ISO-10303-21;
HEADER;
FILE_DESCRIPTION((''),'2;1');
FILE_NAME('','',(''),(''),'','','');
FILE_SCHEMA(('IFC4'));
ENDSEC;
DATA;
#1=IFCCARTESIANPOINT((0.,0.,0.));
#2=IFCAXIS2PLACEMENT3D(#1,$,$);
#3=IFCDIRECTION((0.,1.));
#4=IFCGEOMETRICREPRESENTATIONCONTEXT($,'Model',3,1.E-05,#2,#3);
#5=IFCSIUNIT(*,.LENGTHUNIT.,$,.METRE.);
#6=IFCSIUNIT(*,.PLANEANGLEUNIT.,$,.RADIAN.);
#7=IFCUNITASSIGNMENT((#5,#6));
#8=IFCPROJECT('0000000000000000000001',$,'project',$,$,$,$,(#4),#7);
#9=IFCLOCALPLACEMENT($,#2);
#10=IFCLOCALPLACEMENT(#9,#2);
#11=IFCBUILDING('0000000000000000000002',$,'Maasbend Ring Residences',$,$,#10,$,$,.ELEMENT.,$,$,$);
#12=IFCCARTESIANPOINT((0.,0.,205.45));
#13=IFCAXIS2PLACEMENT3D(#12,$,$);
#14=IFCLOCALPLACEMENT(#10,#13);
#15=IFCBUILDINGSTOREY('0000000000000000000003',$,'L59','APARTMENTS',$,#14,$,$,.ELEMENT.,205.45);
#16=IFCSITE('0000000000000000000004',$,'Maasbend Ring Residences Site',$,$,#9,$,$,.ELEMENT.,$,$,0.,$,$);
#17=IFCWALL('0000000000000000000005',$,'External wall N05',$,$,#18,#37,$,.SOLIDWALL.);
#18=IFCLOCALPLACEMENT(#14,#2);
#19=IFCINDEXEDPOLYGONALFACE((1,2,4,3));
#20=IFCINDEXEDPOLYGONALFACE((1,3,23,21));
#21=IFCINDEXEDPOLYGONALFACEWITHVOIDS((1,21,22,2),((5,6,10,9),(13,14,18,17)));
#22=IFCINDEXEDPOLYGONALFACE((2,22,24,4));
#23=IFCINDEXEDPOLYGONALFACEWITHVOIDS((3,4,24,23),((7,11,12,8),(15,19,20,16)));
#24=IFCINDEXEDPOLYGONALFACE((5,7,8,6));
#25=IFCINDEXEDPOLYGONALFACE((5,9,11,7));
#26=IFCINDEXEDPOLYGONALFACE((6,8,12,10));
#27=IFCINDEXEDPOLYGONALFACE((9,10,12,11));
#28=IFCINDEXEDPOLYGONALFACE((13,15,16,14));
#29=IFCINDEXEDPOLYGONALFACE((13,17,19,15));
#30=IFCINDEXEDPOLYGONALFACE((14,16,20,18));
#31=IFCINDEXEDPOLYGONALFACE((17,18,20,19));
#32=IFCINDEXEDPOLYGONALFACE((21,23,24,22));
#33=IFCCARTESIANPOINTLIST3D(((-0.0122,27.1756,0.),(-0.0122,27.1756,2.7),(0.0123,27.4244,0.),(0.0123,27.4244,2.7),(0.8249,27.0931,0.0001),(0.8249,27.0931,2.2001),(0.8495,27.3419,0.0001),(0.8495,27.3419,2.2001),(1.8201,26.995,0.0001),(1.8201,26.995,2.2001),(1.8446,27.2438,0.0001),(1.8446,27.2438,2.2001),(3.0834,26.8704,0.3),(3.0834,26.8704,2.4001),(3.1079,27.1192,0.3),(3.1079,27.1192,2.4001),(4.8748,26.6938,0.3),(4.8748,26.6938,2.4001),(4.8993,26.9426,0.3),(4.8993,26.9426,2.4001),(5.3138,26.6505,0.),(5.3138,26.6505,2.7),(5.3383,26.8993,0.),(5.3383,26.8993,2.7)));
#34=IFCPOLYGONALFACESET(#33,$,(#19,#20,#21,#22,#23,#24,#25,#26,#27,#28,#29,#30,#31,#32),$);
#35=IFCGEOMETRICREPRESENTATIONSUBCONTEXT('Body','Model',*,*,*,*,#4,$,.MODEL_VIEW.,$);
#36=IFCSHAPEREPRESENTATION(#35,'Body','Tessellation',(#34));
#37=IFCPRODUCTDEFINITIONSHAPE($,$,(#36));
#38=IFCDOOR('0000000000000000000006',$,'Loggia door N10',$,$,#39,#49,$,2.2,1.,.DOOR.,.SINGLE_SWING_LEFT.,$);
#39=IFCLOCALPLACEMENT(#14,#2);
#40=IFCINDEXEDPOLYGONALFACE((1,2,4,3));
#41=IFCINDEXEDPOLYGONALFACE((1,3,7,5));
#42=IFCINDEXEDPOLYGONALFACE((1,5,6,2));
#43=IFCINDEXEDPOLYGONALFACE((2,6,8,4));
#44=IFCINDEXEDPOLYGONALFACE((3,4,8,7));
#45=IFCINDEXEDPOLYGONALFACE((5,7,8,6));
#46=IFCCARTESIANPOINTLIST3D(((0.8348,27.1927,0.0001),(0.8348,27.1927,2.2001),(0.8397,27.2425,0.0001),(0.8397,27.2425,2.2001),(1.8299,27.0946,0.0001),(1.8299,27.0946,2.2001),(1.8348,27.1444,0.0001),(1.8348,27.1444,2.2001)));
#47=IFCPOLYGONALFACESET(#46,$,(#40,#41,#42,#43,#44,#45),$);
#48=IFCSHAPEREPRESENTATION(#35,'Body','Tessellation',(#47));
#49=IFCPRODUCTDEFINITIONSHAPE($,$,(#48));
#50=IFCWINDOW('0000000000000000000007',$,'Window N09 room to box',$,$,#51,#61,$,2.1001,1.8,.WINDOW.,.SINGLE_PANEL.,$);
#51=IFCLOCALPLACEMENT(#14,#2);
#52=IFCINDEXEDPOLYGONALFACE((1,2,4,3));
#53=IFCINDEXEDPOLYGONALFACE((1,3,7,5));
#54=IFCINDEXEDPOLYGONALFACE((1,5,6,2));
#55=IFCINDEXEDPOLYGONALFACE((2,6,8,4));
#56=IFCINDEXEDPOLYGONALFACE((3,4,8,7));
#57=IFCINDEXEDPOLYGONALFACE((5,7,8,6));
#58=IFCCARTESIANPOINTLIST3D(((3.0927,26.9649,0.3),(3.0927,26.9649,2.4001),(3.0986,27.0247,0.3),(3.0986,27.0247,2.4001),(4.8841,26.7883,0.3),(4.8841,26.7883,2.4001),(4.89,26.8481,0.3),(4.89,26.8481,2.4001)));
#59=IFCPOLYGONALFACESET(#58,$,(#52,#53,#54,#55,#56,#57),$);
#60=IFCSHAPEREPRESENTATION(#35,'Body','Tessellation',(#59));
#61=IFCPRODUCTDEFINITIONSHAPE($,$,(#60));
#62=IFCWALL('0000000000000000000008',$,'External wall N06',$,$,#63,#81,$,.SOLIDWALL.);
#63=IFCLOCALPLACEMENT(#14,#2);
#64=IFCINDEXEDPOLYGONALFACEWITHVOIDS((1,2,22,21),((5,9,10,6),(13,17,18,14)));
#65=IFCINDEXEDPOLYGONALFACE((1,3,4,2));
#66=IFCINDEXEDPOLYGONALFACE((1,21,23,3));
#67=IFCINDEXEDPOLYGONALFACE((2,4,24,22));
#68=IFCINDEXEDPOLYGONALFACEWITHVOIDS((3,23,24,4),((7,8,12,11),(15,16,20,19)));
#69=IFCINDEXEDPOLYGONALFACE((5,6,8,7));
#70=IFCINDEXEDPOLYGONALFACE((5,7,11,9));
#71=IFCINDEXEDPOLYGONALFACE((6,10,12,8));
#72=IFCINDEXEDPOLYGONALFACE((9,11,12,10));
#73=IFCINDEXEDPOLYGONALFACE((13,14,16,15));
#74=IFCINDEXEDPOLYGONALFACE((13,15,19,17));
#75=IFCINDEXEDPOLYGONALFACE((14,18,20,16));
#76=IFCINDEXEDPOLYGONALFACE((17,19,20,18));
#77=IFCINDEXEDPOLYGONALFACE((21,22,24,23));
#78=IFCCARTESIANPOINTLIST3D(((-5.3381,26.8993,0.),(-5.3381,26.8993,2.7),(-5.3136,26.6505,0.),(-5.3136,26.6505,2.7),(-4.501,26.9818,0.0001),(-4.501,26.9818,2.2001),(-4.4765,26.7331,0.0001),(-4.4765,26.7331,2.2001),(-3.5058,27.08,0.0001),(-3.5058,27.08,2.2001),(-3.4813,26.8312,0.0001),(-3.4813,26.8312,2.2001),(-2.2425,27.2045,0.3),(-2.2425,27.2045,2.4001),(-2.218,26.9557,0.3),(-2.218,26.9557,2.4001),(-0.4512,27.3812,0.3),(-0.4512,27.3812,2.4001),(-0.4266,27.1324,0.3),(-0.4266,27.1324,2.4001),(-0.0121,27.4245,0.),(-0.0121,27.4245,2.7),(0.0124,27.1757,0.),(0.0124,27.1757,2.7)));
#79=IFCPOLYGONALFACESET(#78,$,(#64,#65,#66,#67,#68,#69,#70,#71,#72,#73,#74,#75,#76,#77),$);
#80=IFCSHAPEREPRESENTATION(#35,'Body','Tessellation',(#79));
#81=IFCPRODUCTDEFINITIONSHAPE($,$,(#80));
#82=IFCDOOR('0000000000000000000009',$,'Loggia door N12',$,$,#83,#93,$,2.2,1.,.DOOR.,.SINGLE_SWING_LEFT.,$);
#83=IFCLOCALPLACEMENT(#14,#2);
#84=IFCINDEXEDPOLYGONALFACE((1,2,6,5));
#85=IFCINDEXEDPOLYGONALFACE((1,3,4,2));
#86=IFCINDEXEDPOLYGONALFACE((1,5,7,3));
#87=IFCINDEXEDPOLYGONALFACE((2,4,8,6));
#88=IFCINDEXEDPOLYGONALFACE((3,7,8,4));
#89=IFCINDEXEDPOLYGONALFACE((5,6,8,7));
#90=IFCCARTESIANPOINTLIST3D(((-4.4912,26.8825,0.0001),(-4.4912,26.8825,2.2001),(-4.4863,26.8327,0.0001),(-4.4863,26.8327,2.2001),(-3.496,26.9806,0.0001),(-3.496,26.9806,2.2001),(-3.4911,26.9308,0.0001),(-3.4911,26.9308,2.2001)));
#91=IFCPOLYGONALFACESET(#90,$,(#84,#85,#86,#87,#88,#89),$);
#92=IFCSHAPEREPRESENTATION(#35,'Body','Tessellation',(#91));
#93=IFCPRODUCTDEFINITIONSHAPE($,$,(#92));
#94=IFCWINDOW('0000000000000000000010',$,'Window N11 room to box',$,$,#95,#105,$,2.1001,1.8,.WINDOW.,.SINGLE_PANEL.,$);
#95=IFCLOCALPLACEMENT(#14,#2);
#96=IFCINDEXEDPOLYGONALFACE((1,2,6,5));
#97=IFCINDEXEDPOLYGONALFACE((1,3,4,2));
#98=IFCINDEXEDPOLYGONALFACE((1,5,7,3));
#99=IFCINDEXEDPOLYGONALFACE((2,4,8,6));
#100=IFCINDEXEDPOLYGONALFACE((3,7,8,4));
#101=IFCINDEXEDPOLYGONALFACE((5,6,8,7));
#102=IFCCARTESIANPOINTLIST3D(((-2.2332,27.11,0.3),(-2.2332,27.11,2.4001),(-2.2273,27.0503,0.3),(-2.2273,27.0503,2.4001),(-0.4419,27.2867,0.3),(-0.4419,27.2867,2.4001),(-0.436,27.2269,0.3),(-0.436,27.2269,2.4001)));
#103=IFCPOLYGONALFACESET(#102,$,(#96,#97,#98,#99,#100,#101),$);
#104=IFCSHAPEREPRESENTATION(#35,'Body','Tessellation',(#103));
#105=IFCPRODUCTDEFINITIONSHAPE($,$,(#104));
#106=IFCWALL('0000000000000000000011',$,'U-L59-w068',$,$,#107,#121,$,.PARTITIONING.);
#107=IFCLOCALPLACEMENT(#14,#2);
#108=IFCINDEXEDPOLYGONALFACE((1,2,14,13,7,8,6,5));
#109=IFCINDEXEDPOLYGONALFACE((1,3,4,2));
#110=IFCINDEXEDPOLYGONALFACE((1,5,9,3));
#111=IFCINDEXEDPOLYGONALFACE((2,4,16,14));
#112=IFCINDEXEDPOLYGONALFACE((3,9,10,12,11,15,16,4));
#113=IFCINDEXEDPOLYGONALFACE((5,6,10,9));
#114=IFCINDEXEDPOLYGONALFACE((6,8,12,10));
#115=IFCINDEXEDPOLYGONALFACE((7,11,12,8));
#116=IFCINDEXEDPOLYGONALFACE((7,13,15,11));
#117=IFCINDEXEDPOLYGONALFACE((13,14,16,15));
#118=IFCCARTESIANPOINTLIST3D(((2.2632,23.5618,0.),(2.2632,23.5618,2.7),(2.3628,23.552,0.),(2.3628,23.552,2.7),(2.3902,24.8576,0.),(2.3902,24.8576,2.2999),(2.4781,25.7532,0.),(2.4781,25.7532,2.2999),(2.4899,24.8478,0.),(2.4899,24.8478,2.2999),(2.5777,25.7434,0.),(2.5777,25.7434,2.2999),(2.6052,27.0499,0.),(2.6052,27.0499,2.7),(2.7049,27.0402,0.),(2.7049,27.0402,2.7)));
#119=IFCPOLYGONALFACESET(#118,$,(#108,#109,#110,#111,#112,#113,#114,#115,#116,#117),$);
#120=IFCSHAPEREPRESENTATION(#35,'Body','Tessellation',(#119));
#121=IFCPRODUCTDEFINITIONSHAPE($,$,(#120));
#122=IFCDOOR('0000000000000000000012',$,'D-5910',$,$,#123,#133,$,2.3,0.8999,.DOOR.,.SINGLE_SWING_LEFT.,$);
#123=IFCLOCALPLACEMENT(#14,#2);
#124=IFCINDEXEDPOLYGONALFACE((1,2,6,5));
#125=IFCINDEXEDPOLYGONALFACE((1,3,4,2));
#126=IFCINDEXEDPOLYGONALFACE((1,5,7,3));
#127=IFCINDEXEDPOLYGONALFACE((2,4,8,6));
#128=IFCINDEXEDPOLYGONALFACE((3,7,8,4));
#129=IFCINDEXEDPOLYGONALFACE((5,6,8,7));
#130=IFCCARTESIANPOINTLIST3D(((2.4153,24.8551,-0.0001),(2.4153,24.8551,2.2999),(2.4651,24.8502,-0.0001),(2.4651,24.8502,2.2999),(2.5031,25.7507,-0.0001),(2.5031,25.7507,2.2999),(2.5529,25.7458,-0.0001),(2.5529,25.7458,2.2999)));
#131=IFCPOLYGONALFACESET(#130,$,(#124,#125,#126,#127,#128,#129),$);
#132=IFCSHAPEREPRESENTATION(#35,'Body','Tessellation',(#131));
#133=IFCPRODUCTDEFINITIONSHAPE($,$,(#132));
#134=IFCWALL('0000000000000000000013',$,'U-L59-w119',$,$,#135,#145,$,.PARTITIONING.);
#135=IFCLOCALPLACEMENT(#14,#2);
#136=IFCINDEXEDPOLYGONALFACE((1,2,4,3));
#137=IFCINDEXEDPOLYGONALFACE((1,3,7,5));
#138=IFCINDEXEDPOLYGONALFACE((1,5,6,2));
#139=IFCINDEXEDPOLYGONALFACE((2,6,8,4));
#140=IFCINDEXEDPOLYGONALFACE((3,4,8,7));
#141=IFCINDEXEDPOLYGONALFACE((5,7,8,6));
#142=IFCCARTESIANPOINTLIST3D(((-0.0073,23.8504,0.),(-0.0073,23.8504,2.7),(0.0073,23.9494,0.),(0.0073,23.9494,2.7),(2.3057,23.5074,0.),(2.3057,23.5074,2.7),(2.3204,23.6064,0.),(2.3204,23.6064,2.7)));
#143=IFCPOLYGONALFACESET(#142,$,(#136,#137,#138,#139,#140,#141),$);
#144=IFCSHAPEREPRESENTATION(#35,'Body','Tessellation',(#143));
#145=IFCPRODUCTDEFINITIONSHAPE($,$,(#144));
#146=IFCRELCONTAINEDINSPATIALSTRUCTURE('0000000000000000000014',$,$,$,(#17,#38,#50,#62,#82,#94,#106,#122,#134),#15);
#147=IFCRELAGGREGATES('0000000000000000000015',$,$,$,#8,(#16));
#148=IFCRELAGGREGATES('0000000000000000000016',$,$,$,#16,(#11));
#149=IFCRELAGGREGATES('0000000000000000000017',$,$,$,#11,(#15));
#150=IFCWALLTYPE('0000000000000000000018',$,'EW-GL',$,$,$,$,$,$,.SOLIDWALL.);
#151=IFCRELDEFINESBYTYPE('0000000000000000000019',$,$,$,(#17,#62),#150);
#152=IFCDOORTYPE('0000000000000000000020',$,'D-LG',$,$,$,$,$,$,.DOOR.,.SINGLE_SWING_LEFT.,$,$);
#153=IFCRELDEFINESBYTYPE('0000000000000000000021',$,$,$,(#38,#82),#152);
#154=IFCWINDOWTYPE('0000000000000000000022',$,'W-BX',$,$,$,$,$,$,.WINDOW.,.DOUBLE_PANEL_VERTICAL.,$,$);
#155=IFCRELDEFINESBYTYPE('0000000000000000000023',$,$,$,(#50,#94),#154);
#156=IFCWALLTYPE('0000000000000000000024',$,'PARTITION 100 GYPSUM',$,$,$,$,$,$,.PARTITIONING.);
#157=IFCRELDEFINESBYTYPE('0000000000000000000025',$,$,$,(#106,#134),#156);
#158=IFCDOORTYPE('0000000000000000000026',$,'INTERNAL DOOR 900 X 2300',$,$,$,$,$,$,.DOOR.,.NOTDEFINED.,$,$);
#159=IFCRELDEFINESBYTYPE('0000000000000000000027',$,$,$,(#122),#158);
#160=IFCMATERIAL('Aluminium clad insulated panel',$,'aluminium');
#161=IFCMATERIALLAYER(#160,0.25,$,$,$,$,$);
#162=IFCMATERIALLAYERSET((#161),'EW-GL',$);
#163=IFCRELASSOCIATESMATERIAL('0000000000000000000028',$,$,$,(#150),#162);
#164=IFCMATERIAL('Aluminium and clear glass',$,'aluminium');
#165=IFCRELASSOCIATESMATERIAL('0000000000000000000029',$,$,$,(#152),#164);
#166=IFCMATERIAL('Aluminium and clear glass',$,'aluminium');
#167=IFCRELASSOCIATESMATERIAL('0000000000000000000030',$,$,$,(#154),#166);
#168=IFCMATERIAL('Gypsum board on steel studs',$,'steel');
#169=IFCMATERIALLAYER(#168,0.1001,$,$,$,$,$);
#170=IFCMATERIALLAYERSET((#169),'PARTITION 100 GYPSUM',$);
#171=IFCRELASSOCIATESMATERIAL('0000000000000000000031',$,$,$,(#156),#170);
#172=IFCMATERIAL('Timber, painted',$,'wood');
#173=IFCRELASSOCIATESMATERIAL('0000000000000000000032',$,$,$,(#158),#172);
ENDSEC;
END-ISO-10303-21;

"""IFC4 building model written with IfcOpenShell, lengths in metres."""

from ifc_helpers import new_model, si_unit, direction, frame, frame_2d, origin, place, context, subcontext, project, spatial, rectangle, extrude, material, layer, layer_set, type_object, element, fill, save


model = new_model("IFC4")

# Units and contexts
model_context = context("Model", 3, precision=1e-05, world=origin(), true_north=direction((0.0, 1.0)))
body_context = subcontext(model_context, "Body", "Model", "MODEL_VIEW")
ifc_project = project(units=[si_unit("LENGTHUNIT", "METRE"), si_unit("PLANEANGLEUNIT", "RADIAN")], contexts=[model_context])

# Site, building, storey
site_placement = place(None, origin())
site = spatial("IfcSite", under=ifc_project, at=site_placement, Name="Maasbend Ring Residences Site", CompositionType="ELEMENT", RefElevation=0.0)
building_placement = place(site_placement, origin())
building = spatial("IfcBuilding", under=site, at=building_placement, Name="Maasbend Ring Residences", CompositionType="ELEMENT")
storey_placement = place(building_placement, frame((0.0, 0.0, 205.45)))
storey = spatial("IfcBuildingStorey", under=building, at=storey_placement, Name="L59", Description="APARTMENTS", CompositionType="ELEMENT", Elevation=205.45)

# Walls, openings, doors, windows
ifc_material_1 = material(Name="Aluminium clad insulated panel", Category="aluminium")
ifc_layer_1 = layer(ifc_material_1, 0.25)
ifc_layer_set_1 = layer_set([ifc_layer_1], Name="EW-GL")
wall_type_1 = type_object("IfcWallType", Name="EW-GL", PredefinedType="SOLIDWALL", material=ifc_layer_set_1)
ifc_material_2 = material(Name="Aluminium and clear glass", Category="aluminium")
door_type_1 = type_object("IfcDoorType", Name="D-LG", OperationType="SINGLE_SWING_LEFT", PredefinedType="DOOR", material=ifc_material_2)
ifc_material_3 = material(Name="Aluminium and clear glass", Category="aluminium")
window_type_1 = type_object("IfcWindowType", Name="W-BX", PartitioningType="DOUBLE_PANEL_VERTICAL", PredefinedType="WINDOW", material=ifc_material_3)
wall_1_placement = place(storey_placement, frame((5.3259, 26.7749, 0.0), z_axis=(0.0, 0.0, 1.0), x_axis=(-0.995174, 0.098126, 0.0)))
wall_1 = element("IfcWall", 1, at=wall_1_placement, inside=storey, type_object=wall_type_1, Name="External wall N05", PredefinedType="SOLIDWALL", context=body_context, shape_type="SweptSolid", body=[
    extrude(rectangle(XDim=5.3518, YDim=0.25, at=frame_2d((2.6758, 0.0))), origin(), (0.0, 0.0, 1.0), 2.7),
])
opening_1_placement = place(wall_1_placement, frame((0.4412, 0.0, 0.3)))
opening_1 = element("IfcOpeningElement", 2, at=opening_1_placement, cuts=wall_1, PredefinedType="OPENING", context=body_context, shape_type="SweptSolid", body=[
    extrude(rectangle(XDim=1.8, YDim=2.1001, at=frame_2d((0.8999, 1.05))), frame((0.0, 0.135, 0.0), z_axis=(0.0, -1.0, 0.0), x_axis=(1.0, 0.0, 0.0)), (0.0, 0.0, 1.0), 0.27),
])
opening_2_placement = place(wall_1_placement, frame((3.5105, 0.0, 0.0)))
opening_2 = element("IfcOpeningElement", 3, at=opening_2_placement, cuts=wall_1, PredefinedType="OPENING", context=body_context, shape_type="SweptSolid", body=[
    extrude(rectangle(XDim=1.0, YDim=2.2, at=frame_2d((0.5, 1.1001))), frame((0.0, 0.135, 0.0), z_axis=(0.0, -1.0, 0.0), x_axis=(1.0, 0.0, 0.0)), (0.0, 0.0, 1.0), 0.27),
])
door_1_placement = place(opening_2_placement, origin())
door_1 = element("IfcDoor", 4, at=door_1_placement, inside=storey, type_object=door_type_1, Name="Loggia door N10", OperationType="SINGLE_SWING_LEFT", OverallHeight=2.2, OverallWidth=1.0, PredefinedType="DOOR", context=body_context, shape_type="SweptSolid", body=[
    extrude(rectangle(XDim=1.0, YDim=2.2, at=frame_2d((0.5, 1.1001))), frame((0.0, 0.0249, 0.0), z_axis=(0.0, -1.0, 0.0), x_axis=(1.0, 0.0, 0.0)), (0.0, 0.0, 1.0), 0.05),
])
fill(opening_2, door_1)
window_1_placement = place(opening_1_placement, origin())
window_1 = element("IfcWindow", 5, at=window_1_placement, inside=storey, type_object=window_type_1, Name="Window N09 room to box", OverallHeight=2.1001, OverallWidth=1.8, PartitioningType="SINGLE_PANEL", PredefinedType="WINDOW", context=body_context, shape_type="SweptSolid", body=[
    extrude(rectangle(XDim=1.8, YDim=2.1001, at=frame_2d((0.8999, 1.05))), frame((0.0, 0.03, 0.0), z_axis=(0.0, -1.0, 0.0), x_axis=(1.0, 0.0, 0.0)), (0.0, 0.0, 1.0), 0.0601),
])
fill(opening_1, window_1)
wall_2_placement = place(storey_placement, frame((0.0, 27.3, 0.0), z_axis=(0.0, 0.0, 1.0), x_axis=(-0.995174, -0.098126, 0.0)))
wall_2 = element("IfcWall", 6, at=wall_2_placement, inside=storey, type_object=wall_type_1, Name="External wall N06", PredefinedType="SOLIDWALL", context=body_context, shape_type="SweptSolid", body=[
    extrude(rectangle(XDim=5.3518, YDim=0.25, at=frame_2d((2.6758, 0.0))), origin(), (0.0, 0.0, 1.0), 2.7),
])
opening_3_placement = place(wall_2_placement, frame((0.4412, 0.0, 0.3)))
opening_3 = element("IfcOpeningElement", 7, at=opening_3_placement, cuts=wall_2, PredefinedType="OPENING", context=body_context, shape_type="SweptSolid", body=[
    extrude(rectangle(XDim=1.8, YDim=2.1001, at=frame_2d((0.8999, 1.05))), frame((0.0, 0.135, 0.0), z_axis=(0.0, -1.0, 0.0), x_axis=(1.0, 0.0, 0.0)), (0.0, 0.0, 1.0), 0.27),
])
opening_4_placement = place(wall_2_placement, frame((3.5105, 0.0, 0.0)))
opening_4 = element("IfcOpeningElement", 8, at=opening_4_placement, cuts=wall_2, PredefinedType="OPENING", context=body_context, shape_type="SweptSolid", body=[
    extrude(rectangle(XDim=1.0, YDim=2.2, at=frame_2d((0.5, 1.1001))), frame((0.0, 0.135, 0.0), z_axis=(0.0, -1.0, 0.0), x_axis=(1.0, 0.0, 0.0)), (0.0, 0.0, 1.0), 0.27),
])
door_2_placement = place(opening_4_placement, origin())
door_2 = element("IfcDoor", 9, at=door_2_placement, inside=storey, type_object=door_type_1, Name="Loggia door N12", OperationType="SINGLE_SWING_LEFT", OverallHeight=2.2, OverallWidth=1.0, PredefinedType="DOOR", context=body_context, shape_type="SweptSolid", body=[
    extrude(rectangle(XDim=1.0, YDim=2.2, at=frame_2d((0.5, 1.1001))), frame((0.0, 0.0249, 0.0), z_axis=(0.0, -1.0, 0.0), x_axis=(1.0, 0.0, 0.0)), (0.0, 0.0, 1.0), 0.05),
])
fill(opening_4, door_2)
window_2_placement = place(opening_3_placement, origin())
window_2 = element("IfcWindow", 10, at=window_2_placement, inside=storey, type_object=window_type_1, Name="Window N11 room to box", OverallHeight=2.1001, OverallWidth=1.8, PartitioningType="SINGLE_PANEL", PredefinedType="WINDOW", context=body_context, shape_type="SweptSolid", body=[
    extrude(rectangle(XDim=1.8, YDim=2.1001, at=frame_2d((0.8999, 1.05))), frame((0.0, 0.03, 0.0), z_axis=(0.0, -1.0, 0.0), x_axis=(1.0, 0.0, 0.0)), (0.0, 0.0, 1.0), 0.0601),
])
fill(opening_3, window_2)

# Wall, opening, door
ifc_material_4 = material(Name="Gypsum board on steel studs", Category="steel")
ifc_layer_2 = layer(ifc_material_4, 0.1001)
ifc_layer_set_2 = layer_set([ifc_layer_2], Name="PARTITION 100 GYPSUM")
wall_type_2 = type_object("IfcWallType", Name="PARTITION 100 GYPSUM", PredefinedType="PARTITIONING", material=ifc_layer_set_2)
wall_3_placement = place(storey_placement, frame((2.313, 23.5569, 0.0), z_axis=(0.0, 0.0, 1.0), x_axis=(0.097593, 0.995226, 0.0)))
wall_3 = element("IfcWall", 11, at=wall_3_placement, inside=storey, type_object=wall_type_2, Name="U-L59-w068", PredefinedType="PARTITIONING", context=body_context, shape_type="SweptSolid", body=[
    extrude(rectangle(XDim=3.5049, YDim=0.1001, at=frame_2d((1.7524, 0.0))), origin(), (0.0, 0.0, 1.0), 2.7),
])
opening_5_placement = place(wall_3_placement, frame((1.302, 0.0, 0.0)))
opening_5 = element("IfcOpeningElement", 12, at=opening_5_placement, cuts=wall_3, PredefinedType="OPENING", context=body_context, shape_type="SweptSolid", body=[
    extrude(rectangle(XDim=0.8999, YDim=2.3, at=frame_2d((0.45, 1.1499))), frame((0.0, 0.0601, 0.0), z_axis=(0.0, -1.0, 0.0), x_axis=(1.0, 0.0, 0.0)), (0.0, 0.0, 1.0), 0.1201),
])
ifc_material_5 = material(Name="Timber, painted", Category="wood")
door_type_2 = type_object("IfcDoorType", Name="INTERNAL DOOR 900 X 2300", OperationType="NOTDEFINED", PredefinedType="DOOR", material=ifc_material_5)
door_3_placement = place(opening_5_placement, origin())
door_3 = element("IfcDoor", 13, at=door_3_placement, inside=storey, type_object=door_type_2, Name="D-5910", OperationType="SINGLE_SWING_LEFT", OverallHeight=2.3, OverallWidth=0.8999, PredefinedType="DOOR", context=body_context, shape_type="SweptSolid", body=[
    extrude(rectangle(XDim=0.8999, YDim=2.3, at=frame_2d((0.45, 1.1499))), frame((0.0, 0.0249, 0.0), z_axis=(0.0, -1.0, 0.0), x_axis=(1.0, 0.0, 0.0)), (0.0, 0.0, 1.0), 0.05),
])
fill(opening_5, door_3)

# Wall
wall_4_placement = place(storey_placement, frame((0.0, 23.8999, 0.0), z_axis=(0.0, 0.0, 1.0), x_axis=(0.989182, -0.146696, 0.0)))
element("IfcWall", 14, at=wall_4_placement, inside=storey, type_object=wall_type_2, Name="U-L59-w119", PredefinedType="PARTITIONING", context=body_context, shape_type="SweptSolid", body=[
    extrude(rectangle(XDim=2.3384, YDim=0.1001, at=frame_2d((1.1692, 0.0))), origin(), (0.0, 0.0, 1.0), 2.7),
])

save(model, "model.ifc")
